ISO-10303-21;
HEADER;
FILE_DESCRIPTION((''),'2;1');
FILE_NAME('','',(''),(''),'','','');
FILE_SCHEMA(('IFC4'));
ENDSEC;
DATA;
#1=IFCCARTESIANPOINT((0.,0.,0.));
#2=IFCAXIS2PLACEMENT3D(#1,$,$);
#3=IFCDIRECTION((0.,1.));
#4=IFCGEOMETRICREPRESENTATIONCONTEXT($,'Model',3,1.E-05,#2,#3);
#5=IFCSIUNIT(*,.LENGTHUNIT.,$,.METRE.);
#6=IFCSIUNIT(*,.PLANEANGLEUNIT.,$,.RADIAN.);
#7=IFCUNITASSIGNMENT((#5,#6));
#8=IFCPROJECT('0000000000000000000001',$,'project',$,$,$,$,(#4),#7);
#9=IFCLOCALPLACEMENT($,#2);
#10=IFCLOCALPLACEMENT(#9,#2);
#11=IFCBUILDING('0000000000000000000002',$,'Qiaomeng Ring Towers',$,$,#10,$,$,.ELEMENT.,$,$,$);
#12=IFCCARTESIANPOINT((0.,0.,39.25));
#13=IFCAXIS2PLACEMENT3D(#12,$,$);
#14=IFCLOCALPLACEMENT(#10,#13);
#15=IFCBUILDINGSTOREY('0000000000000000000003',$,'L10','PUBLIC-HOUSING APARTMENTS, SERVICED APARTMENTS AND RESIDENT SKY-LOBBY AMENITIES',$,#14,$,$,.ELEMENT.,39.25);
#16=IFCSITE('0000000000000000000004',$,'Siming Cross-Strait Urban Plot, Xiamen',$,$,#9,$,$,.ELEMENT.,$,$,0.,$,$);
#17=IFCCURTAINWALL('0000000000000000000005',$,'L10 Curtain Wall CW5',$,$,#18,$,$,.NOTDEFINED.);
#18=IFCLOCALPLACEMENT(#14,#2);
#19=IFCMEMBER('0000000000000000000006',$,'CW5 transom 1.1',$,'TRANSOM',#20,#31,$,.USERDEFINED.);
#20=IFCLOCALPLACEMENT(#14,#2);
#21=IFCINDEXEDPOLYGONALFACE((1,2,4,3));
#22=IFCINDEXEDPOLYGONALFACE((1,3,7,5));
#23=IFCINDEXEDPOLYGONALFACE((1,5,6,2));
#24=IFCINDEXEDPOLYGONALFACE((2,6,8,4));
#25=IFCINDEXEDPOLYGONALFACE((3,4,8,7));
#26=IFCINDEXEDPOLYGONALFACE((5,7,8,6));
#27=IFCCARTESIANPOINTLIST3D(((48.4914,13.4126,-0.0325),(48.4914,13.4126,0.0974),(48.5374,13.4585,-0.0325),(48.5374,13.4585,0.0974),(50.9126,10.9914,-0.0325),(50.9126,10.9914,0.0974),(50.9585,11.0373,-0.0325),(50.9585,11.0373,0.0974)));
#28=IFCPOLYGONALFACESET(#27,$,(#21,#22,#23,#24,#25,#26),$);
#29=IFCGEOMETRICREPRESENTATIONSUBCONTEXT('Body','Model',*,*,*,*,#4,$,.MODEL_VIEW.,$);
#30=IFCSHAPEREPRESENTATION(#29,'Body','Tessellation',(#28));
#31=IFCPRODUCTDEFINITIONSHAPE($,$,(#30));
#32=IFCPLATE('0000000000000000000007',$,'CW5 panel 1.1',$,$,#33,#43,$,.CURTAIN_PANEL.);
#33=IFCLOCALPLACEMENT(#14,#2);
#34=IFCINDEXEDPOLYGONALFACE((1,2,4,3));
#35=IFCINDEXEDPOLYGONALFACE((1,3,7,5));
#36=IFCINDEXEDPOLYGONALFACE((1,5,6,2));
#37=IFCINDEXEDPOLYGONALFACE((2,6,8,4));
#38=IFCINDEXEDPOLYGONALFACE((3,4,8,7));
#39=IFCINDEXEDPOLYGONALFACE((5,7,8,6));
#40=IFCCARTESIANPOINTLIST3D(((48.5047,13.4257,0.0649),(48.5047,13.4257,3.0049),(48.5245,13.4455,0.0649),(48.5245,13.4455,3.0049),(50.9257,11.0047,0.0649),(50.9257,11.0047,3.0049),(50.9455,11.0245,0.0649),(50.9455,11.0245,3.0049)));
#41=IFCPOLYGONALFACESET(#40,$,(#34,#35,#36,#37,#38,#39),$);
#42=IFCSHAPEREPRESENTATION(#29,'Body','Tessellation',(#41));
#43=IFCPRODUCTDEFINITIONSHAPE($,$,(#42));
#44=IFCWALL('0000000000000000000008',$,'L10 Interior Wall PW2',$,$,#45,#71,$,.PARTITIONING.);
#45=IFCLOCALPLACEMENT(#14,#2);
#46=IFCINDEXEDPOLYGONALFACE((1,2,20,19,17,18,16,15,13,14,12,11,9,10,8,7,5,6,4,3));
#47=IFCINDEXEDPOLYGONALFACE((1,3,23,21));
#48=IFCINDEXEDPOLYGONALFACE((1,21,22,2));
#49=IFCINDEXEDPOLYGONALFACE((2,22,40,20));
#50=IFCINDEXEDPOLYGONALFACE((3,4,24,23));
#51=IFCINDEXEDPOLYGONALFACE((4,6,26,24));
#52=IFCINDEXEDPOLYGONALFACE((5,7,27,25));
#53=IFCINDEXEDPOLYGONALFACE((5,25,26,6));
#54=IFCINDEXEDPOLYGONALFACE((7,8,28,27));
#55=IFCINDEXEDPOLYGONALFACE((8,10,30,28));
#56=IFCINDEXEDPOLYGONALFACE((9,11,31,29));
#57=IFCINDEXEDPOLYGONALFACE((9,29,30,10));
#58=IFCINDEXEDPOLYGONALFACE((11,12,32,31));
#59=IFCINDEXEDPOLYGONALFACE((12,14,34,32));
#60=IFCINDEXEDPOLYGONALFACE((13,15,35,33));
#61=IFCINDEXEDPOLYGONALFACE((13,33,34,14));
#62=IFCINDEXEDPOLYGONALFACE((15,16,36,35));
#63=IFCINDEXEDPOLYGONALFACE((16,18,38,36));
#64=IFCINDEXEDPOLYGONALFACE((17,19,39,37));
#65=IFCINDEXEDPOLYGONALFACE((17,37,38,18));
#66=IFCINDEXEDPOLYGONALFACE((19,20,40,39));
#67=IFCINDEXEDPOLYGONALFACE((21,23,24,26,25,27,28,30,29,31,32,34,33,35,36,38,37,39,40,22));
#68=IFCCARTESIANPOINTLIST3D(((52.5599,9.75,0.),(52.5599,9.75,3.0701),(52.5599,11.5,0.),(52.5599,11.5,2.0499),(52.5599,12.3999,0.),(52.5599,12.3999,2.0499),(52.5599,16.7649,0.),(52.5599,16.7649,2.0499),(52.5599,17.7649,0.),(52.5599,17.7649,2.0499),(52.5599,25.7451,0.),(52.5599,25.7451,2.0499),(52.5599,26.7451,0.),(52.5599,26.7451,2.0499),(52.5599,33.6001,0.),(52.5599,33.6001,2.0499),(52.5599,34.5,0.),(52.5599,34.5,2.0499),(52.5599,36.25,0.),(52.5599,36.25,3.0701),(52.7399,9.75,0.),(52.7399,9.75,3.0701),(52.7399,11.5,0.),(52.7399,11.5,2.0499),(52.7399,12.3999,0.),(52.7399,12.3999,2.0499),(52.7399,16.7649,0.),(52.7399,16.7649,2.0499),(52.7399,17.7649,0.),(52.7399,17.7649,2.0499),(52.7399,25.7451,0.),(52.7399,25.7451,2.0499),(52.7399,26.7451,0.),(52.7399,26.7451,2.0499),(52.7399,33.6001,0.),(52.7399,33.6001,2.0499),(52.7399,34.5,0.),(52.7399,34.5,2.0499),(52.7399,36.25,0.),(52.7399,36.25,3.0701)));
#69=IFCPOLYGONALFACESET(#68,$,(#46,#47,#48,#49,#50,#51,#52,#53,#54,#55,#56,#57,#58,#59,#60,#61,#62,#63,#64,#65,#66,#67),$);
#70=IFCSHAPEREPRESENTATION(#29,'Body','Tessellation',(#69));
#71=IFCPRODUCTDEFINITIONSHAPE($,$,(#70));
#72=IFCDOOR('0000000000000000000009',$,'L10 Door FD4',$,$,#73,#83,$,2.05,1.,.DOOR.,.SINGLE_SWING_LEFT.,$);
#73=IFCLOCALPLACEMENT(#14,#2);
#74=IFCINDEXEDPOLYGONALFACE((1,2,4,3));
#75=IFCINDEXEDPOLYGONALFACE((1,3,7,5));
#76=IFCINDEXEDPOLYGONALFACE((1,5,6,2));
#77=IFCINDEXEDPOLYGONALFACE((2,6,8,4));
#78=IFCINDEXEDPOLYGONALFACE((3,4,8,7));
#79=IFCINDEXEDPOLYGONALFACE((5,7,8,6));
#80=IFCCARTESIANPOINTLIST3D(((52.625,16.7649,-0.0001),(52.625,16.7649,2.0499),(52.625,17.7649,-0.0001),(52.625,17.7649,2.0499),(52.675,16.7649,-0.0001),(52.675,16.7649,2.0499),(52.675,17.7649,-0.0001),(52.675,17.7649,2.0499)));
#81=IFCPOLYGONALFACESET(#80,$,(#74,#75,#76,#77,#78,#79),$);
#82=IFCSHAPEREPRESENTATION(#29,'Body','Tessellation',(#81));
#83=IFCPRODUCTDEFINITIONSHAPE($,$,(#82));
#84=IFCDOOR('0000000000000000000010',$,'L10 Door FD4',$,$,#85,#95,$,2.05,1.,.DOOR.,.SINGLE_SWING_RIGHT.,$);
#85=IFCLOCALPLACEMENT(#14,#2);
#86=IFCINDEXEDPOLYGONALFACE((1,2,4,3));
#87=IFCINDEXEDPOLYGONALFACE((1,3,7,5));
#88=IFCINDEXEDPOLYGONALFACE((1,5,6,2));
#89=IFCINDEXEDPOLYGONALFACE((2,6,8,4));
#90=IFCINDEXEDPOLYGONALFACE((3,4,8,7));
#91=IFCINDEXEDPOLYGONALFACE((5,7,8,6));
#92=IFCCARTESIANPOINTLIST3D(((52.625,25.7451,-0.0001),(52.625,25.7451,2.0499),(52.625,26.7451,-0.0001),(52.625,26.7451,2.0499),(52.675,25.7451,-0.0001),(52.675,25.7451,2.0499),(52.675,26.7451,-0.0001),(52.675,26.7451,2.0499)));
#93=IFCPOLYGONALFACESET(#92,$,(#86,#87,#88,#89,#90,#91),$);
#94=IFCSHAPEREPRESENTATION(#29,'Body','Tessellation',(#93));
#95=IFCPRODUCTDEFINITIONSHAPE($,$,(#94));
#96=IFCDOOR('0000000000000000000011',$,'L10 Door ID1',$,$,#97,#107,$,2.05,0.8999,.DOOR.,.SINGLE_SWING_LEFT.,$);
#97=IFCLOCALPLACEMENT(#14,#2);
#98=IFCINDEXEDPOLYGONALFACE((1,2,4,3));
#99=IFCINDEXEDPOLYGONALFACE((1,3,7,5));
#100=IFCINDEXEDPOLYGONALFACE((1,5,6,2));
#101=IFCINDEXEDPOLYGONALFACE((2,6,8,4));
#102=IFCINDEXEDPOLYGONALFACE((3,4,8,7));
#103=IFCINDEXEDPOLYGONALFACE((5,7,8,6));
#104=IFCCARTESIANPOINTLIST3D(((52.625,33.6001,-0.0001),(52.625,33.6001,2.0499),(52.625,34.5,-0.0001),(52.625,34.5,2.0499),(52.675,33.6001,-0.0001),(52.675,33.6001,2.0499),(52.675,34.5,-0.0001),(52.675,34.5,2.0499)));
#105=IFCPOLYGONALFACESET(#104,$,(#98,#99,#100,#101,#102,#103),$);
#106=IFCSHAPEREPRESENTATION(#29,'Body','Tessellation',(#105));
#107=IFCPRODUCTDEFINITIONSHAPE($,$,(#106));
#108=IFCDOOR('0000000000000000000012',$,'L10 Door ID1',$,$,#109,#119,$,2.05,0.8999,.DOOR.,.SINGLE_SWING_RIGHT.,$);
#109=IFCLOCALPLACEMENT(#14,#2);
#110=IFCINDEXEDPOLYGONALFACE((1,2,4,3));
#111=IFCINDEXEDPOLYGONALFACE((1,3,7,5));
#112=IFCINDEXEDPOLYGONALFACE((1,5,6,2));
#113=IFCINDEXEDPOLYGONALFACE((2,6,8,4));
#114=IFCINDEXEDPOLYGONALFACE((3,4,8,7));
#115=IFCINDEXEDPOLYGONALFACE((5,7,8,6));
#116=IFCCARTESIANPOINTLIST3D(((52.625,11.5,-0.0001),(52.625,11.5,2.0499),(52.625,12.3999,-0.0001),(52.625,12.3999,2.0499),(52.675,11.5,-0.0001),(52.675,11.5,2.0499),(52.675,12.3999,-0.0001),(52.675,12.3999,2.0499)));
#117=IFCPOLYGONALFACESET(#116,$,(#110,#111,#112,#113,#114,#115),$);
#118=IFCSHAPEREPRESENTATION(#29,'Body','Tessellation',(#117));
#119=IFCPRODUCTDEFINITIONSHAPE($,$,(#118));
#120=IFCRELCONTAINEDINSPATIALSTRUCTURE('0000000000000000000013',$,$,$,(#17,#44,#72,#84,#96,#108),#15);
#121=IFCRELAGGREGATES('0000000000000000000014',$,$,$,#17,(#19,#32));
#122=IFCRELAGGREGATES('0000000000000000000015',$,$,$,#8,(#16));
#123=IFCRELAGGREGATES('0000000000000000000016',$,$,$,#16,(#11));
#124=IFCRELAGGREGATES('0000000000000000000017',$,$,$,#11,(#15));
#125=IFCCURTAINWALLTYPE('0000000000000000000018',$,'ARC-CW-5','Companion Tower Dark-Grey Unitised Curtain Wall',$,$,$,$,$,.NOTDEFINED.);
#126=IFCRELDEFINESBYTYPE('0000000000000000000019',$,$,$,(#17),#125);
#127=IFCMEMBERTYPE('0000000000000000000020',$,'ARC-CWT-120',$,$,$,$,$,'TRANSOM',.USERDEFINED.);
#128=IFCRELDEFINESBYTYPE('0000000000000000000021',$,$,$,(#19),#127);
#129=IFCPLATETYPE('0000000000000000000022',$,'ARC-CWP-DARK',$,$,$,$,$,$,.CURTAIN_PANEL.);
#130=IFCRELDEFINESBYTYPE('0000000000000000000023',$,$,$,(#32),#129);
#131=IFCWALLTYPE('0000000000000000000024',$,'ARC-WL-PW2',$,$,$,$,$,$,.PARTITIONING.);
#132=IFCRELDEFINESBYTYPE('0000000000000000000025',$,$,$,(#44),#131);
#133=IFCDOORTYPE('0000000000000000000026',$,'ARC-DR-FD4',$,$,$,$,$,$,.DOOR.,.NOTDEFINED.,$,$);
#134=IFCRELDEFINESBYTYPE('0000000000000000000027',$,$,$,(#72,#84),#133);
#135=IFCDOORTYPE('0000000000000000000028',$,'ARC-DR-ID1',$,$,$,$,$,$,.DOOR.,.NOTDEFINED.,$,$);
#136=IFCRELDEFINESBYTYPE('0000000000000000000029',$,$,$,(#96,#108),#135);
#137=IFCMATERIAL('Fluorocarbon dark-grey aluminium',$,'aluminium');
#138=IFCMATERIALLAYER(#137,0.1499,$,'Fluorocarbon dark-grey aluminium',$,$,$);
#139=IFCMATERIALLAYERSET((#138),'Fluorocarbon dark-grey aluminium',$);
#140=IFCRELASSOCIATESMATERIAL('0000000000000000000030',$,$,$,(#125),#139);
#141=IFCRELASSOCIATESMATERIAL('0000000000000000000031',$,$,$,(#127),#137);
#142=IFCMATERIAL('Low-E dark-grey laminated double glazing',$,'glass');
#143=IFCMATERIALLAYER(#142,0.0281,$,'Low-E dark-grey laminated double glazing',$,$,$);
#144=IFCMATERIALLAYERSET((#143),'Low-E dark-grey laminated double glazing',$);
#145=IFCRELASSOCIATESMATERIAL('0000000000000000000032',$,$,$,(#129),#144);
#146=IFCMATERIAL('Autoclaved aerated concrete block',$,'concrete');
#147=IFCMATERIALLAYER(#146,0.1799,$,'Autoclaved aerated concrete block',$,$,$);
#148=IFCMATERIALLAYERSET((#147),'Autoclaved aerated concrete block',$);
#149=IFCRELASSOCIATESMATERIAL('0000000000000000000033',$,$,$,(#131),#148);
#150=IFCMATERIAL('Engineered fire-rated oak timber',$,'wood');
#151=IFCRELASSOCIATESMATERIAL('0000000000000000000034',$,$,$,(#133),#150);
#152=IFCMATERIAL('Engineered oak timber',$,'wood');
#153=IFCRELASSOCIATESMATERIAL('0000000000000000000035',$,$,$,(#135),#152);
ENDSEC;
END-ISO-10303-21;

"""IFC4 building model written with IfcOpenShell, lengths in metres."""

from ifc_helpers import new_model, si_unit, direction, frame, frame_2d, origin, origin_2d, place, context, subcontext, project, spatial, rectangle, extrude, source, transform, mapped, material, layer, layer_set, material_profile, profile_set, type_object, element, fill, aggregate, save


model = new_model("IFC4")

# Units and contexts
model_context = context("Model", 3, precision=1e-05, world=origin(), true_north=direction((0.0, 1.0)))
body_context = subcontext(model_context, "Body", "Model", "MODEL_VIEW")
ifc_project = project(units=[si_unit("LENGTHUNIT", "METRE"), si_unit("PLANEANGLEUNIT", "RADIAN")], contexts=[model_context])

# Site, building, storey
site_placement = place(None, origin())
site = spatial("IfcSite", under=ifc_project, at=site_placement, Name="Siming Cross-Strait Urban Plot, Xiamen", CompositionType="ELEMENT", RefElevation=0.0)
building_placement = place(site_placement, origin())
building = spatial("IfcBuilding", under=site, at=building_placement, Name="Qiaomeng Ring Towers", CompositionType="ELEMENT")
storey_placement = place(building_placement, frame((0.0, 0.0, 39.25)))
storey = spatial("IfcBuildingStorey", under=building, at=storey_placement, Name="L10", Description="PUBLIC-HOUSING APARTMENTS, SERVICED APARTMENTS AND RESIDENT SKY-LOBBY AMENITIES", CompositionType="ELEMENT", Elevation=39.25)

# Curtain wall
ifc_material_1 = material(Name="Fluorocarbon dark-grey aluminium", Category="aluminium")
ifc_layer_1 = layer(ifc_material_1, 0.1499, Name="Fluorocarbon dark-grey aluminium")
ifc_layer_set_1 = layer_set([ifc_layer_1], Name="Fluorocarbon dark-grey aluminium")
curtain_wall_type = type_object("IfcCurtainWallType", Name="ARC-CW-5", Description="Companion Tower Dark-Grey Unitised Curtain Wall", PredefinedType="NOTDEFINED", material=ifc_layer_set_1)
curtain_wall_1_placement = place(storey_placement, origin())
curtain_wall_1 = element("IfcCurtainWall", 1, at=curtain_wall_1_placement, inside=storey, type_object=curtain_wall_type, Name="L10 Curtain Wall CW5", PredefinedType="NOTDEFINED")

# Shared definitions
ifc_material_profile_1 = material_profile(ifc_material_1, rectangle(XDim=0.0649, YDim=0.1299, at=origin_2d()), Name="ALU TRAN 65x130")
ifc_profile_set_1 = profile_set([ifc_material_profile_1], Name="Fluorocarbon dark-grey aluminium")
member_type_1 = type_object("IfcMemberType", Name="ARC-CWT-120", ElementType="TRANSOM", PredefinedType="USERDEFINED", material=ifc_profile_set_1)

# Member
shared_shape_1 = source(origin(), body_context, "Body", "SweptSolid", [
    extrude(rectangle(XDim=0.0649, YDim=0.1299, at=origin_2d()), origin(), (0.0, 0.0, 1.0), 3.4241),
])
member_1_placement = place(storey_placement, frame((48.5144, 13.4355, 0.0325), z_axis=(0.707107, -0.707107, 0.0), x_axis=(0.707107, 0.707107, 0.0)))
member_1 = element("IfcMember", 2, at=member_1_placement, type_object=member_type_1, Name="CW5 transom 1.1", ObjectType="TRANSOM", PredefinedType="USERDEFINED", context=body_context, shape_type="MappedRepresentation", body=[
    mapped(shared_shape_1, transform((0.0, 0.0, 0.0), x_axis=(1.0, 0.0, 0.0), y_axis=(0.0, 1.0, 0.0), z_axis=(0.0, 0.0, 1.0), scale=1.0)),
])

# Plate
ifc_material_2 = material(Name="Low-E dark-grey laminated double glazing", Category="glass")
ifc_layer_2 = layer(ifc_material_2, 0.0281, Name="Low-E dark-grey laminated double glazing")
ifc_layer_set_2 = layer_set([ifc_layer_2], Name="Low-E dark-grey laminated double glazing")
plate_type = type_object("IfcPlateType", Name="ARC-CWP-DARK", PredefinedType="CURTAIN_PANEL", material=ifc_layer_set_2)
shared_shape_2 = source(origin(), body_context, "Body", "SweptSolid", [
    extrude(rectangle(XDim=3.4238, YDim=0.0281, at=origin_2d()), origin(), (0.0, 0.0, 1.0), 2.9399),
])
plate_placement = place(storey_placement, frame((49.7251, 12.2251, 0.0649), z_axis=(0.0, 0.0, 1.0), x_axis=(0.707107, -0.707107, 0.0)))
plate = element("IfcPlate", 3, at=plate_placement, type_object=plate_type, Name="CW5 panel 1.1", PredefinedType="CURTAIN_PANEL", context=body_context, shape_type="MappedRepresentation", body=[
    mapped(shared_shape_2, transform((0.0, 0.0, 0.0), x_axis=(1.0, 0.0, 0.0), y_axis=(0.0, 1.0, 0.0), z_axis=(0.0, 0.0, 1.0), scale=1.0)),
])
aggregate(curtain_wall_1, [member_1, plate])

# Wall, openings, doors
ifc_material_3 = material(Name="Autoclaved aerated concrete block", Category="concrete")
ifc_layer_3 = layer(ifc_material_3, 0.1799, Name="Autoclaved aerated concrete block")
ifc_layer_set_3 = layer_set([ifc_layer_3], Name="Autoclaved aerated concrete block")
wall_type_1 = type_object("IfcWallType", Name="ARC-WL-PW2", PredefinedType="PARTITIONING", material=ifc_layer_set_3)
wall_1_placement = place(storey_placement, frame((52.6499, 9.75, 0.0), z_axis=(0.0, 0.0, 1.0), x_axis=(0.0, 1.0, 0.0)))
wall_1 = element("IfcWall", 4, at=wall_1_placement, inside=storey, type_object=wall_type_1, Name="L10 Interior Wall PW2", PredefinedType="PARTITIONING", context=body_context, shape_type="SweptSolid", body=[
    extrude(rectangle(XDim=26.5, YDim=0.1799, at=frame_2d((13.25, 0.0))), origin(), (0.0, 0.0, 1.0), 3.0701),
])
opening_1_placement = place(wall_1_placement, frame((23.8501, 0.0, 0.0)))
opening_1 = element("IfcOpeningElement", 5, at=opening_1_placement, cuts=wall_1, PredefinedType="OPENING", context=body_context, shape_type="SweptSolid", body=[
    extrude(rectangle(XDim=0.8999, YDim=2.05, at=frame_2d((0.45, 1.0249))), frame((0.0, 0.0999, 0.0), z_axis=(0.0, -1.0, 0.0), x_axis=(1.0, 0.0, 0.0)), (0.0, 0.0, 1.0), 0.2),
])
opening_2_placement = place(wall_1_placement, frame((1.75, 0.0, 0.0)))
opening_2 = element("IfcOpeningElement", 6, at=opening_2_placement, cuts=wall_1, PredefinedType="OPENING", context=body_context, shape_type="SweptSolid", body=[
    extrude(rectangle(XDim=0.8999, YDim=2.05, at=frame_2d((0.45, 1.0249))), frame((0.0, 0.0999, 0.0), z_axis=(0.0, -1.0, 0.0), x_axis=(1.0, 0.0, 0.0)), (0.0, 0.0, 1.0), 0.2),
])
opening_3_placement = place(wall_1_placement, frame((7.0149, 0.0, 0.0)))
opening_3 = element("IfcOpeningElement", 7, at=opening_3_placement, cuts=wall_1, PredefinedType="OPENING", context=body_context, shape_type="SweptSolid", body=[
    extrude(rectangle(XDim=1.0, YDim=2.05, at=frame_2d((0.5, 1.0249))), frame((0.0, 0.0999, 0.0), z_axis=(0.0, -1.0, 0.0), x_axis=(1.0, 0.0, 0.0)), (0.0, 0.0, 1.0), 0.2),
])
opening_4_placement = place(wall_1_placement, frame((15.9951, 0.0, 0.0)))
opening_4 = element("IfcOpeningElement", 8, at=opening_4_placement, cuts=wall_1, PredefinedType="OPENING", context=body_context, shape_type="SweptSolid", body=[
    extrude(rectangle(XDim=1.0, YDim=2.05, at=frame_2d((0.5, 1.0249))), frame((0.0, 0.0999, 0.0), z_axis=(0.0, -1.0, 0.0), x_axis=(1.0, 0.0, 0.0)), (0.0, 0.0, 1.0), 0.2),
])
ifc_material_4 = material(Name="Engineered fire-rated oak timber", Category="wood")
door_type_1 = type_object("IfcDoorType", Name="ARC-DR-FD4", OperationType="NOTDEFINED", PredefinedType="DOOR", material=ifc_material_4)
shared_shape_3 = source(origin(), body_context, "Body", "SweptSolid", [
    extrude(rectangle(XDim=1.0, YDim=2.05, at=frame_2d((0.5, 1.0249))), frame((0.0, 0.0249, 0.0), z_axis=(0.0, -1.0, 0.0), x_axis=(1.0, 0.0, 0.0)), (0.0, 0.0, 1.0), 0.05),
])
door_1_placement = place(opening_3_placement, origin())
door_1 = element("IfcDoor", 9, at=door_1_placement, inside=storey, type_object=door_type_1, Name="L10 Door FD4", OperationType="SINGLE_SWING_LEFT", OverallHeight=2.05, OverallWidth=1.0, PredefinedType="DOOR", context=body_context, shape_type="MappedRepresentation", body=[
    mapped(shared_shape_3, transform((0.0, 0.0, 0.0), x_axis=(1.0, 0.0, 0.0), y_axis=(0.0, 1.0, 0.0), z_axis=(0.0, 0.0, 1.0), scale=1.0)),
])
fill(opening_3, door_1)
door_2_placement = place(opening_4_placement, origin())
door_2 = element("IfcDoor", 10, at=door_2_placement, inside=storey, type_object=door_type_1, Name="L10 Door FD4", OperationType="SINGLE_SWING_RIGHT", OverallHeight=2.05, OverallWidth=1.0, PredefinedType="DOOR", context=body_context, shape_type="MappedRepresentation", body=[
    mapped(shared_shape_3, transform((0.0, 0.0, 0.0), x_axis=(1.0, 0.0, 0.0), y_axis=(0.0, 1.0, 0.0), z_axis=(0.0, 0.0, 1.0), scale=1.0)),
])
fill(opening_4, door_2)
ifc_material_5 = material(Name="Engineered oak timber", Category="wood")
door_type_2 = type_object("IfcDoorType", Name="ARC-DR-ID1", OperationType="NOTDEFINED", PredefinedType="DOOR", material=ifc_material_5)
shared_shape_4 = source(origin(), body_context, "Body", "SweptSolid", [
    extrude(rectangle(XDim=0.8999, YDim=2.05, at=frame_2d((0.45, 1.0249))), frame((0.0, 0.0249, 0.0), z_axis=(0.0, -1.0, 0.0), x_axis=(1.0, 0.0, 0.0)), (0.0, 0.0, 1.0), 0.05),
])
door_3_placement = place(opening_1_placement, origin())
door_3 = element("IfcDoor", 11, at=door_3_placement, inside=storey, type_object=door_type_2, Name="L10 Door ID1", OperationType="SINGLE_SWING_LEFT", OverallHeight=2.05, OverallWidth=0.8999, PredefinedType="DOOR", context=body_context, shape_type="MappedRepresentation", body=[
    mapped(shared_shape_4, transform((0.0, 0.0, 0.0), x_axis=(1.0, 0.0, 0.0), y_axis=(0.0, 1.0, 0.0), z_axis=(0.0, 0.0, 1.0), scale=1.0)),
])
fill(opening_1, door_3)
door_4_placement = place(opening_2_placement, origin())
door_4 = element("IfcDoor", 12, at=door_4_placement, inside=storey, type_object=door_type_2, Name="L10 Door ID1", OperationType="SINGLE_SWING_RIGHT", OverallHeight=2.05, OverallWidth=0.8999, PredefinedType="DOOR", context=body_context, shape_type="MappedRepresentation", body=[
    mapped(shared_shape_4, transform((0.0, 0.0, 0.0), x_axis=(1.0, 0.0, 0.0), y_axis=(0.0, 1.0, 0.0), z_axis=(0.0, 0.0, 1.0), scale=1.0)),
])
fill(opening_2, door_4)

save(model, "model.ifc")
